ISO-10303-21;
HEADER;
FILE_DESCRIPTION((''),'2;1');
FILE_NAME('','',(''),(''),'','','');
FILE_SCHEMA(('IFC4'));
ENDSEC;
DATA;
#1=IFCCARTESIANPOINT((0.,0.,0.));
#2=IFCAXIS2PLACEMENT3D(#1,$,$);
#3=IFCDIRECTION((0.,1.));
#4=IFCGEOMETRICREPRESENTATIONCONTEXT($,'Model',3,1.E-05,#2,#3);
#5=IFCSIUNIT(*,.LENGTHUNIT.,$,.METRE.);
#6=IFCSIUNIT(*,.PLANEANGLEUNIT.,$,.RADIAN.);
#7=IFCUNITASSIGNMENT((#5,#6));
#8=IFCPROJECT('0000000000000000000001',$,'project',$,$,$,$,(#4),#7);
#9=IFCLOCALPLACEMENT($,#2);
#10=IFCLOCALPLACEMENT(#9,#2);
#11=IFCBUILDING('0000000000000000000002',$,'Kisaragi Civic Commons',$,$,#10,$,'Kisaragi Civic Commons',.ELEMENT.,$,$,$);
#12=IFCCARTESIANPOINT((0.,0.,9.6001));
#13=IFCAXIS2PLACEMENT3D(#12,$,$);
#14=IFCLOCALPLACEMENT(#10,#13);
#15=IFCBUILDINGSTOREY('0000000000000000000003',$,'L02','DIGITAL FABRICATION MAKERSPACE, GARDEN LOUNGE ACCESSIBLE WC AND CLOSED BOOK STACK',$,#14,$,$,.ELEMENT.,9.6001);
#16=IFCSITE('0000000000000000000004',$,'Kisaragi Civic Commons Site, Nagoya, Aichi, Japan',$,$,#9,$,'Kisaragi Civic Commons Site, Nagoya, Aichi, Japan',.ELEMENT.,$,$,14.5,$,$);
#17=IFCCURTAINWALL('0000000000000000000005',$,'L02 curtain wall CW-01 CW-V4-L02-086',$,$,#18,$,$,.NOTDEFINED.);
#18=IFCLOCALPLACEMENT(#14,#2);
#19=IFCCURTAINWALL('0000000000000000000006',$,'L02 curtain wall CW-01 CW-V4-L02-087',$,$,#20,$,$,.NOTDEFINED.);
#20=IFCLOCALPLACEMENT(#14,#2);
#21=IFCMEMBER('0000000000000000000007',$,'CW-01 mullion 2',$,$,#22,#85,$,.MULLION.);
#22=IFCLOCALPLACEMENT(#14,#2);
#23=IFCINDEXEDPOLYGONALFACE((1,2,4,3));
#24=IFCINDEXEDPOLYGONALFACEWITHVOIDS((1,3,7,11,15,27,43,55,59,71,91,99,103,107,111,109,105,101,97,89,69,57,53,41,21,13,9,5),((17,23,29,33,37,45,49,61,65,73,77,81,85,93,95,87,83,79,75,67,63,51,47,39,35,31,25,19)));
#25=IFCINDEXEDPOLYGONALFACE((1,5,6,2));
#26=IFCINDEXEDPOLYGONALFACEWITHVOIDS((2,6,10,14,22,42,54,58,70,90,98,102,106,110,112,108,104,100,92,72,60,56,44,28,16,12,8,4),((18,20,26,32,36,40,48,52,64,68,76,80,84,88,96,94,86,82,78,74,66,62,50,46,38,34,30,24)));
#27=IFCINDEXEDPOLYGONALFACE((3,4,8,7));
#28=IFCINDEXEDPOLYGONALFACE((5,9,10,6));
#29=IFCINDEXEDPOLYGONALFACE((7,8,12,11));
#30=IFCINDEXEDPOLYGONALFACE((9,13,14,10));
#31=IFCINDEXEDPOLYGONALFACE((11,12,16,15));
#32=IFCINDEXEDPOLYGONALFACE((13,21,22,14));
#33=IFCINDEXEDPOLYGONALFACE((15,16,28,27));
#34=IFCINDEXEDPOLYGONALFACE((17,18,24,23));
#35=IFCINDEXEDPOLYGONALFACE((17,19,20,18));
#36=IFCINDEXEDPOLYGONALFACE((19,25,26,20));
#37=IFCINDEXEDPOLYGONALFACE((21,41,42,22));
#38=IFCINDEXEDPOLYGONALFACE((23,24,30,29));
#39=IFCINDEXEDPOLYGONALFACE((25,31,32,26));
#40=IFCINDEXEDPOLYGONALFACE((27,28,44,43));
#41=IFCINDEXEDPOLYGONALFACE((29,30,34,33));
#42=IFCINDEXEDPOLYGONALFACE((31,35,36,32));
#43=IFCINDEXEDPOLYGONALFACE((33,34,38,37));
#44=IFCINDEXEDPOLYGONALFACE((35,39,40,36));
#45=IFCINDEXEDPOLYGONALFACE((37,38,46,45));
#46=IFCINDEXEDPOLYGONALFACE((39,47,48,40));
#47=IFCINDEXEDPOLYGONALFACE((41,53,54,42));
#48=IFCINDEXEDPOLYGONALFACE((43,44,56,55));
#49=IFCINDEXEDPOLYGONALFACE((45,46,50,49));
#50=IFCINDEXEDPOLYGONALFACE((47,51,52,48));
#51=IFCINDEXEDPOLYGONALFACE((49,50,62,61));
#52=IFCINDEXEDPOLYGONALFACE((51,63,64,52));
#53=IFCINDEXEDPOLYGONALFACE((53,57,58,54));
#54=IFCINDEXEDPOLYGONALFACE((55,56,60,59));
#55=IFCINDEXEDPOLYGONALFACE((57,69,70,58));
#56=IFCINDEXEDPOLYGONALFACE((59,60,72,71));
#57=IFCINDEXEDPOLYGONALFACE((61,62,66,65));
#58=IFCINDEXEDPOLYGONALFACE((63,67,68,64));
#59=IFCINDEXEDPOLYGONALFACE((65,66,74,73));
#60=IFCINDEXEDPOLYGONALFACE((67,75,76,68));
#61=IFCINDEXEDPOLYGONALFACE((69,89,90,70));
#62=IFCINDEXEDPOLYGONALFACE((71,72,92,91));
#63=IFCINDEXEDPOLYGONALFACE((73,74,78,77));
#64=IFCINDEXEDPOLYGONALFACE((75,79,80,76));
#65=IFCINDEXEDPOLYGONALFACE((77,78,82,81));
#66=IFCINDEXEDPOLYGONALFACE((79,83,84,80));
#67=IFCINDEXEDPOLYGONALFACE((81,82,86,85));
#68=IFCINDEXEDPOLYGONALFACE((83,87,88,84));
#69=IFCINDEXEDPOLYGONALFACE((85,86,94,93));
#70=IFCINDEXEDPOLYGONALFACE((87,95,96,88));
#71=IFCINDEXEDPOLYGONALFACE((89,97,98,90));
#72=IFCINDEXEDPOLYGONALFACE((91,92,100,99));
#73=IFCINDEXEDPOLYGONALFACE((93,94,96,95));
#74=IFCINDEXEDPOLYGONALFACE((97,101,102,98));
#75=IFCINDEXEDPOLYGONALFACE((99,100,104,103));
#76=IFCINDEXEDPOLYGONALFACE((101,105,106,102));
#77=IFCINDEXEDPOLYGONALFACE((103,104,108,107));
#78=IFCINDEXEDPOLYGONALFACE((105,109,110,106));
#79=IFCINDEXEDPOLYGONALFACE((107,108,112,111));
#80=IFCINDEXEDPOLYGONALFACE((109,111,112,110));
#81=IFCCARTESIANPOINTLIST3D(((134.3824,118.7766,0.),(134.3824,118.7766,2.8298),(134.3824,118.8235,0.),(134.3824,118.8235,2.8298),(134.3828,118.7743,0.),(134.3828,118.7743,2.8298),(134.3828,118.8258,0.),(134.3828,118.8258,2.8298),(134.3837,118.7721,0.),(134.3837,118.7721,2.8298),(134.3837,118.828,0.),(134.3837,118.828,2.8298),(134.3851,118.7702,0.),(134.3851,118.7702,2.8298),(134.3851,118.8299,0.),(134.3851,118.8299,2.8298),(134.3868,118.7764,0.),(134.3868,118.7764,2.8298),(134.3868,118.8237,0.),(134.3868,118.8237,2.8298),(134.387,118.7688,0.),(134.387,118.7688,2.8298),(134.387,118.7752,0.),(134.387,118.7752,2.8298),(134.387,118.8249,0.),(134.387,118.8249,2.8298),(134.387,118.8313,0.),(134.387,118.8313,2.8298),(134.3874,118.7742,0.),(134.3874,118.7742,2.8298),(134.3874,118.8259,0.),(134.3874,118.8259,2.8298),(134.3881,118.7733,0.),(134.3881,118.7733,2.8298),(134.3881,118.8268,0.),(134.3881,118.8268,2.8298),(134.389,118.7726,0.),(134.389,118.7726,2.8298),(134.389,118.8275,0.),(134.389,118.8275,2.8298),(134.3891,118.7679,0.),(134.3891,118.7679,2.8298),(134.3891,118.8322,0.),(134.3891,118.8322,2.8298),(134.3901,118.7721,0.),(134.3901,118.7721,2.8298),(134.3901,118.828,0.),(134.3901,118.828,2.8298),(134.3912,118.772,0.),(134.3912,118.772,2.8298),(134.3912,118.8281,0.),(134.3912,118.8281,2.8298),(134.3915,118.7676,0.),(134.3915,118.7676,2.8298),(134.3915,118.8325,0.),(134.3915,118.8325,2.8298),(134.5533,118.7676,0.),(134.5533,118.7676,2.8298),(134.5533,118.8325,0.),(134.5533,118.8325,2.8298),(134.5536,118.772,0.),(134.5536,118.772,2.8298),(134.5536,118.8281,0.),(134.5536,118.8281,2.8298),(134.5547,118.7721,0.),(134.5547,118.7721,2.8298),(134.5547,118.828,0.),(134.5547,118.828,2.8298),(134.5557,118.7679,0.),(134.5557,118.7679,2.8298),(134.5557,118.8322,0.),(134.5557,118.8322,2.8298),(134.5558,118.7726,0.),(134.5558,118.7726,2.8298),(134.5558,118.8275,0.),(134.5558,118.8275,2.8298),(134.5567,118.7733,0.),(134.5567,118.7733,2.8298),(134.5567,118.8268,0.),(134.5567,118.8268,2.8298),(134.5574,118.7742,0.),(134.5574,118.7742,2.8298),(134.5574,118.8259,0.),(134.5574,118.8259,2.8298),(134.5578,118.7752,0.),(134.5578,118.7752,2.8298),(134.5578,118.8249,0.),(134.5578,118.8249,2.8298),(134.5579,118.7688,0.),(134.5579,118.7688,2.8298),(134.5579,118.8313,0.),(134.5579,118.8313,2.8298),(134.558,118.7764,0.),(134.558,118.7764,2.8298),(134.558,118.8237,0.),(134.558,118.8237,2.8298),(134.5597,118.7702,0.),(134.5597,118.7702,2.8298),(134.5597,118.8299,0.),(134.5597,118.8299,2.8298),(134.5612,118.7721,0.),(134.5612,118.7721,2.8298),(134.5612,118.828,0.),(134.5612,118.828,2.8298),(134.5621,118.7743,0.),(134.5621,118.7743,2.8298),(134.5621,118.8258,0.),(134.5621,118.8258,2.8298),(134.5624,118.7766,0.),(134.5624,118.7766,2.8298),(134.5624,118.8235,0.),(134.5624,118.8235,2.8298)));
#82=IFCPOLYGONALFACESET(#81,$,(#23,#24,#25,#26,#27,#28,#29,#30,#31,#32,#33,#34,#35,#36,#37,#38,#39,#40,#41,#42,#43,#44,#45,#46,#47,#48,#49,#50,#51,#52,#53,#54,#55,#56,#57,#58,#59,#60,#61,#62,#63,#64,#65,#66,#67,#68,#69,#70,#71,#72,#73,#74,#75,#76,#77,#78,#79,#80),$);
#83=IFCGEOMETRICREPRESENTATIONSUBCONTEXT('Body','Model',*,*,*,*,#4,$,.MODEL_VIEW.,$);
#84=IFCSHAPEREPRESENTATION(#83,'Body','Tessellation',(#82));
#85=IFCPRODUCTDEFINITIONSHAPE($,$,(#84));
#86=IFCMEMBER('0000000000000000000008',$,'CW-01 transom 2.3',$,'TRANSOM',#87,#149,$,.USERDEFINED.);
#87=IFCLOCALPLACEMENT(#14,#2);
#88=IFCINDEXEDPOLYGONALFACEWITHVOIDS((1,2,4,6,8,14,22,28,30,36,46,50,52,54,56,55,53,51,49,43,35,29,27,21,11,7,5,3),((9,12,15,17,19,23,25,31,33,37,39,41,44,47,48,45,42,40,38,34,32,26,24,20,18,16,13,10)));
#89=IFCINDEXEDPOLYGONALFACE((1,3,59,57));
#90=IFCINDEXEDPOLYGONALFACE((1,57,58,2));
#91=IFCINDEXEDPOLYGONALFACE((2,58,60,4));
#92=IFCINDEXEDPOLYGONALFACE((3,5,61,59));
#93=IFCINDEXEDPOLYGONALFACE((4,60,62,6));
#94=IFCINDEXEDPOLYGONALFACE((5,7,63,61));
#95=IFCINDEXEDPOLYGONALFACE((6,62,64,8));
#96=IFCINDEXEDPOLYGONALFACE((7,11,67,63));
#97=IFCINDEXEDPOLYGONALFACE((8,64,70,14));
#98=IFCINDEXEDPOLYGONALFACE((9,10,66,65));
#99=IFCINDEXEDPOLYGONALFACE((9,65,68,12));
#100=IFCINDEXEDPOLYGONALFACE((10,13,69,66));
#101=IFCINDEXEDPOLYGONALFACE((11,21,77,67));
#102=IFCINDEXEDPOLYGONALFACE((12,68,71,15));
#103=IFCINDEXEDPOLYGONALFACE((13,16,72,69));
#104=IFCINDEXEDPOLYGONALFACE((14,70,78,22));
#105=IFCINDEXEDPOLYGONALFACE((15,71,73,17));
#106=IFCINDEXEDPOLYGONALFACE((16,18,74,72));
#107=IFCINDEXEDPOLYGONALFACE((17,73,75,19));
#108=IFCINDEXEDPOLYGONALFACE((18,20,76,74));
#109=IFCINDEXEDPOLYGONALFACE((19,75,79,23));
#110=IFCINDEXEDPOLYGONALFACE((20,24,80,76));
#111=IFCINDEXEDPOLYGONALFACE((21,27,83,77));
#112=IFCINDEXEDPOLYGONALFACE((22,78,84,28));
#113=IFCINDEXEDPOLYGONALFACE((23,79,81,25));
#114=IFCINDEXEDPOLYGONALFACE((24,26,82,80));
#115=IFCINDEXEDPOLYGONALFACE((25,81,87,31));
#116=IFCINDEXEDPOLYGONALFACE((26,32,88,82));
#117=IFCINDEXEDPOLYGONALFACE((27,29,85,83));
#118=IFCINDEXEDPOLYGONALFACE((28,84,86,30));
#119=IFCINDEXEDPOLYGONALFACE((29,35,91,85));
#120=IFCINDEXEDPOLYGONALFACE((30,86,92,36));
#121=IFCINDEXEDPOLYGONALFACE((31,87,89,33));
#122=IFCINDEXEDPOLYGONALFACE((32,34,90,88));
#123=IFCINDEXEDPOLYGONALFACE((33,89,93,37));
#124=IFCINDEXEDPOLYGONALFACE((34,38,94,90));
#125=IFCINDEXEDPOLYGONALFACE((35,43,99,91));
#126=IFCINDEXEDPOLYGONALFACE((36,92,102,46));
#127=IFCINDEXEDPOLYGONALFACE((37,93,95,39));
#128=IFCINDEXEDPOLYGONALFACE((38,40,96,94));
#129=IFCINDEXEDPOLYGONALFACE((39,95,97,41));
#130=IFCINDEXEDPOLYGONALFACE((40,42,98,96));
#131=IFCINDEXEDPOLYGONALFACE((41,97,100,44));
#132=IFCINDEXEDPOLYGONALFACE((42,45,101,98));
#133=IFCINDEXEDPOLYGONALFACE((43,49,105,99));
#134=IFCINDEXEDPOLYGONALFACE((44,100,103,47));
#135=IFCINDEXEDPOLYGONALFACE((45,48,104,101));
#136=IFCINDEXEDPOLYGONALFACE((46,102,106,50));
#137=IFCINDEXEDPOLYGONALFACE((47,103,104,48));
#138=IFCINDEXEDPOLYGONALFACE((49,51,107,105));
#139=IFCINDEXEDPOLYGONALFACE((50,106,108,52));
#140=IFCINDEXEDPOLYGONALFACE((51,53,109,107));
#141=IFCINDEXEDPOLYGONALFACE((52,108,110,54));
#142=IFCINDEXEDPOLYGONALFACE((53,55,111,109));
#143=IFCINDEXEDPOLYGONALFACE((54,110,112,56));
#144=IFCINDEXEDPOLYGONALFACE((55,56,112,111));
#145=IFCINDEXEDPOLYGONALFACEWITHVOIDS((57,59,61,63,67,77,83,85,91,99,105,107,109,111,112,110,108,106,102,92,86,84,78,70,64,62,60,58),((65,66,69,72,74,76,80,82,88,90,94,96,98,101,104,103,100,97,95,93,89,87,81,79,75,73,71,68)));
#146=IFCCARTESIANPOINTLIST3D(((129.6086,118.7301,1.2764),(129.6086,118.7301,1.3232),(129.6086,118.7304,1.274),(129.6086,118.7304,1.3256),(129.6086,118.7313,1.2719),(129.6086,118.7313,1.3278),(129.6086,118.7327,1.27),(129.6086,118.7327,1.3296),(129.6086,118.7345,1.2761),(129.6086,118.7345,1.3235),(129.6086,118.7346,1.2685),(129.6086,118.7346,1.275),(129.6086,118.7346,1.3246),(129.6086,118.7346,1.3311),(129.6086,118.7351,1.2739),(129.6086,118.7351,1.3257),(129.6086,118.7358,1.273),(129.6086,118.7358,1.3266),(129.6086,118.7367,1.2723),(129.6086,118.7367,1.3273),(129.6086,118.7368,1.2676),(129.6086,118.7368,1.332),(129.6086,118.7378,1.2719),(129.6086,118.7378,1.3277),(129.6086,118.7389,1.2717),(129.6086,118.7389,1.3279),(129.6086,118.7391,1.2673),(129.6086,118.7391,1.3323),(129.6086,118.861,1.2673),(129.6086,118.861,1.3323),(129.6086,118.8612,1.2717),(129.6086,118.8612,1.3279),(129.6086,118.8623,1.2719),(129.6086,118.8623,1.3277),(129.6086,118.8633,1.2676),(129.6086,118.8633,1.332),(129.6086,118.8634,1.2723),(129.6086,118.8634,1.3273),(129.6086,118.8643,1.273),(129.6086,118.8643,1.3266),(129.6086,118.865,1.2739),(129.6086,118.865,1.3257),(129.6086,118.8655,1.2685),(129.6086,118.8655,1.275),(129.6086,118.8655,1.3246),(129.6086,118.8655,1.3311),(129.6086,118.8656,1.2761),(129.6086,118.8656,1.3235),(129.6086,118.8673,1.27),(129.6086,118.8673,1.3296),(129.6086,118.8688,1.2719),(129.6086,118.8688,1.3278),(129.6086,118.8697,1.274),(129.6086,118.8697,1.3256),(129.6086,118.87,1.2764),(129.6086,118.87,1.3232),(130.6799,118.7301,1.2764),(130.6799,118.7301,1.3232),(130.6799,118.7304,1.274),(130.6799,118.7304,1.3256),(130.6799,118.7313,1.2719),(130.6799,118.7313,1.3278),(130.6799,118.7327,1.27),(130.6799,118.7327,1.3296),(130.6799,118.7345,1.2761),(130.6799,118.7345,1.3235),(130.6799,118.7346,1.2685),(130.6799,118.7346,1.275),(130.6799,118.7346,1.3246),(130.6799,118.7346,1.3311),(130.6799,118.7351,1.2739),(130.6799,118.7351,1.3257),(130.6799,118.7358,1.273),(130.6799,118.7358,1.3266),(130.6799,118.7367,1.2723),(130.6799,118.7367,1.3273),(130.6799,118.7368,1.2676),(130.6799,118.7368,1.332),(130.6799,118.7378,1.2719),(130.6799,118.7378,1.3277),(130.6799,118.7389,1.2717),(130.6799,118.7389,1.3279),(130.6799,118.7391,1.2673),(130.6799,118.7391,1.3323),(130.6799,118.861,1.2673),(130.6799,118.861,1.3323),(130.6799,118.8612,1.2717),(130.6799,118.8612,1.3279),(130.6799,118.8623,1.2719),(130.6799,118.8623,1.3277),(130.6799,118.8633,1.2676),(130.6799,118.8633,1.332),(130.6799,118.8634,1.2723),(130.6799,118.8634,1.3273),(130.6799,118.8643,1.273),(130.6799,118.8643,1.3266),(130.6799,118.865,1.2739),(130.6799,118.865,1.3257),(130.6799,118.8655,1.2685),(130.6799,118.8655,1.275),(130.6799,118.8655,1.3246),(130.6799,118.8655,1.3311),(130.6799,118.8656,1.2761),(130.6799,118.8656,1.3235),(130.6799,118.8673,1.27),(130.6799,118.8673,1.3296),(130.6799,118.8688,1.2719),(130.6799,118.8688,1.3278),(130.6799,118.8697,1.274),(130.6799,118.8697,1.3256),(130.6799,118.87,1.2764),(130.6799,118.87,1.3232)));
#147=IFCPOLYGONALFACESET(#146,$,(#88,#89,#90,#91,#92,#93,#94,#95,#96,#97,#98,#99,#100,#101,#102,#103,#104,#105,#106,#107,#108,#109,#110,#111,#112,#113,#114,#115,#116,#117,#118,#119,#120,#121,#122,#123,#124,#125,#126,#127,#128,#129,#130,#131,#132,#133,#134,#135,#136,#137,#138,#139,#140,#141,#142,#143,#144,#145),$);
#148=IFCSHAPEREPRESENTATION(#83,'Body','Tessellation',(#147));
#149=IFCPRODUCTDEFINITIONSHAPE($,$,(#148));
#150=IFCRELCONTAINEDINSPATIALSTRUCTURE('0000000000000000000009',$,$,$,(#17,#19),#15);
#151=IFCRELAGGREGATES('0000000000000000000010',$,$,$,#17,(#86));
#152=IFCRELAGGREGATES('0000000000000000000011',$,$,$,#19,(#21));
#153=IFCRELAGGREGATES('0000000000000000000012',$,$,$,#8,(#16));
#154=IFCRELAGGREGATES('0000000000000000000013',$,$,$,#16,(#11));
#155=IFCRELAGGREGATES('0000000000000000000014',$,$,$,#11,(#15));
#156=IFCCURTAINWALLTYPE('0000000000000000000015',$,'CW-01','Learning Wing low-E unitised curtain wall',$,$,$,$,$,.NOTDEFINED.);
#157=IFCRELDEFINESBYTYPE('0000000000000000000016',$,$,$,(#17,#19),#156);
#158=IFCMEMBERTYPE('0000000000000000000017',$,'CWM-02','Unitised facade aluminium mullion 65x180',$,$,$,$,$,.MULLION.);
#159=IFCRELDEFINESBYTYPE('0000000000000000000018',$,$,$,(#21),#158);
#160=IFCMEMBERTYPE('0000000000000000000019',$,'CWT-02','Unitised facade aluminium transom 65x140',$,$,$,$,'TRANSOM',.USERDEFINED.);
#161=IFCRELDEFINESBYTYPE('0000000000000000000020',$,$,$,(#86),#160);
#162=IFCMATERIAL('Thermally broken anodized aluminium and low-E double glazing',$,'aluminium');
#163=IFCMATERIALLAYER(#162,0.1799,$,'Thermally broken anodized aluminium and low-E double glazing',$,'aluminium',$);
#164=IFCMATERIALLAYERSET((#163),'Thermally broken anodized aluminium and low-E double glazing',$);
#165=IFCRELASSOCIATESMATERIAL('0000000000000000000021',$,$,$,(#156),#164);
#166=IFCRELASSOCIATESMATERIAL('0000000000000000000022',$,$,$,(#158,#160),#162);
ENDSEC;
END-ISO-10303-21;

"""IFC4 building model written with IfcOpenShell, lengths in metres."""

from ifc_helpers import new_model, si_unit, direction, frame, origin, origin_2d, place, context, subcontext, project, spatial, hollow_rectangle, extrude, material, layer, layer_set, material_profile, profile_set, type_object, element, aggregate, save


model = new_model("IFC4")

# Units and contexts
model_context = context("Model", 3, precision=1e-05, world=origin(), true_north=direction((0.0, 1.0)))
body_context = subcontext(model_context, "Body", "Model", "MODEL_VIEW")
ifc_project = project(units=[si_unit("LENGTHUNIT", "METRE"), si_unit("PLANEANGLEUNIT", "RADIAN")], contexts=[model_context])

# Site, building, storey
site_placement = place(None, origin())
site = spatial("IfcSite", under=ifc_project, at=site_placement, Name="Kisaragi Civic Commons Site, Nagoya, Aichi, Japan", LongName="Kisaragi Civic Commons Site, Nagoya, Aichi, Japan", CompositionType="ELEMENT", RefElevation=14.5)
building_placement = place(site_placement, origin())
building = spatial("IfcBuilding", under=site, at=building_placement, Name="Kisaragi Civic Commons", LongName="Kisaragi Civic Commons", CompositionType="ELEMENT")
storey_placement = place(building_placement, frame((0.0, 0.0, 9.6001)))
storey = spatial("IfcBuildingStorey", under=building, at=storey_placement, Name="L02", Description="DIGITAL FABRICATION MAKERSPACE, GARDEN LOUNGE ACCESSIBLE WC AND CLOSED BOOK STACK", CompositionType="ELEMENT", Elevation=9.6001)

# Curtain walls, member
ifc_material_1 = material(Name="Thermally broken anodized aluminium and low-E double glazing", Category="aluminium")
ifc_layer_1 = layer(ifc_material_1, 0.1799, Name="Thermally broken anodized aluminium and low-E double glazing", Category="aluminium")
ifc_layer_set_1 = layer_set([ifc_layer_1], Name="Thermally broken anodized aluminium and low-E double glazing")
curtain_wall_type = type_object("IfcCurtainWallType", Name="CW-01", Description="Learning Wing low-E unitised curtain wall", PredefinedType="NOTDEFINED", material=ifc_layer_set_1)
curtain_wall_1_placement = place(storey_placement, origin())
curtain_wall_1 = element("IfcCurtainWall", 1, at=curtain_wall_1_placement, inside=storey, type_object=curtain_wall_type, Name="L02 curtain wall CW-01 CW-V4-L02-086", PredefinedType="NOTDEFINED")
ifc_material_profile_1 = material_profile(ifc_material_1, hollow_rectangle(XDim=0.0649, YDim=0.1799, WallThickness=0.0044, InnerFilletRadius=0.0044, OuterFilletRadius=0.009, at=origin_2d()), Name="CWM-65x180x4.5", Category="aluminium")
ifc_profile_set_1 = profile_set([ifc_material_profile_1], Name="Thermally broken anodized aluminium and low-E double glazing")
member_type_1 = type_object("IfcMemberType", Name="CWM-02", Description="Unitised facade aluminium mullion 65x180", PredefinedType="MULLION", material=ifc_profile_set_1)
curtain_wall_2_placement = place(storey_placement, origin())
curtain_wall_2 = element("IfcCurtainWall", 2, at=curtain_wall_2_placement, inside=storey, type_object=curtain_wall_type, Name="L02 curtain wall CW-01 CW-V4-L02-087", PredefinedType="NOTDEFINED")
member_1_placement = place(storey_placement, frame((134.4724, 118.8, 0.0), z_axis=(0.0, 0.0, 1.0), x_axis=(0.0, 1.0, 0.0)))
member_1 = element("IfcMember", 3, at=member_1_placement, type_object=member_type_1, Name="CW-01 mullion 2", PredefinedType="MULLION", context=body_context, shape_type="SweptSolid", body=[
    extrude(hollow_rectangle(XDim=0.0649, YDim=0.1799, WallThickness=0.0044, InnerFilletRadius=0.0044, OuterFilletRadius=0.009, at=origin_2d()), origin(), (0.0, 0.0, 1.0), 2.8298),
])

# Member
ifc_material_profile_2 = material_profile(ifc_material_1, hollow_rectangle(XDim=0.1399, YDim=0.0649, WallThickness=0.0044, InnerFilletRadius=0.0044, OuterFilletRadius=0.009, at=origin_2d()), Name="CWT-65x140x4.5", Category="aluminium")
ifc_profile_set_2 = profile_set([ifc_material_profile_2], Name="Thermally broken anodized aluminium and low-E double glazing")
member_type_2 = type_object("IfcMemberType", Name="CWT-02", Description="Unitised facade aluminium transom 65x140", ElementType="TRANSOM", PredefinedType="USERDEFINED", material=ifc_profile_set_2)
member_2_placement = place(storey_placement, frame((129.6086, 118.8, 1.2998), z_axis=(1.0, 0.0, 0.0), x_axis=(0.0, 1.0, 0.0)))
member_2 = element("IfcMember", 4, at=member_2_placement, type_object=member_type_2, Name="CW-01 transom 2.3", ObjectType="TRANSOM", PredefinedType="USERDEFINED", context=body_context, shape_type="SweptSolid", body=[
    extrude(hollow_rectangle(XDim=0.1399, YDim=0.0649, WallThickness=0.0044, InnerFilletRadius=0.0044, OuterFilletRadius=0.009, at=origin_2d()), origin(), (0.0, 0.0, 1.0), 1.0713),
])

aggregate(curtain_wall_1, [member_2])
aggregate(curtain_wall_2, [member_1])

save(model, "model.ifc")
